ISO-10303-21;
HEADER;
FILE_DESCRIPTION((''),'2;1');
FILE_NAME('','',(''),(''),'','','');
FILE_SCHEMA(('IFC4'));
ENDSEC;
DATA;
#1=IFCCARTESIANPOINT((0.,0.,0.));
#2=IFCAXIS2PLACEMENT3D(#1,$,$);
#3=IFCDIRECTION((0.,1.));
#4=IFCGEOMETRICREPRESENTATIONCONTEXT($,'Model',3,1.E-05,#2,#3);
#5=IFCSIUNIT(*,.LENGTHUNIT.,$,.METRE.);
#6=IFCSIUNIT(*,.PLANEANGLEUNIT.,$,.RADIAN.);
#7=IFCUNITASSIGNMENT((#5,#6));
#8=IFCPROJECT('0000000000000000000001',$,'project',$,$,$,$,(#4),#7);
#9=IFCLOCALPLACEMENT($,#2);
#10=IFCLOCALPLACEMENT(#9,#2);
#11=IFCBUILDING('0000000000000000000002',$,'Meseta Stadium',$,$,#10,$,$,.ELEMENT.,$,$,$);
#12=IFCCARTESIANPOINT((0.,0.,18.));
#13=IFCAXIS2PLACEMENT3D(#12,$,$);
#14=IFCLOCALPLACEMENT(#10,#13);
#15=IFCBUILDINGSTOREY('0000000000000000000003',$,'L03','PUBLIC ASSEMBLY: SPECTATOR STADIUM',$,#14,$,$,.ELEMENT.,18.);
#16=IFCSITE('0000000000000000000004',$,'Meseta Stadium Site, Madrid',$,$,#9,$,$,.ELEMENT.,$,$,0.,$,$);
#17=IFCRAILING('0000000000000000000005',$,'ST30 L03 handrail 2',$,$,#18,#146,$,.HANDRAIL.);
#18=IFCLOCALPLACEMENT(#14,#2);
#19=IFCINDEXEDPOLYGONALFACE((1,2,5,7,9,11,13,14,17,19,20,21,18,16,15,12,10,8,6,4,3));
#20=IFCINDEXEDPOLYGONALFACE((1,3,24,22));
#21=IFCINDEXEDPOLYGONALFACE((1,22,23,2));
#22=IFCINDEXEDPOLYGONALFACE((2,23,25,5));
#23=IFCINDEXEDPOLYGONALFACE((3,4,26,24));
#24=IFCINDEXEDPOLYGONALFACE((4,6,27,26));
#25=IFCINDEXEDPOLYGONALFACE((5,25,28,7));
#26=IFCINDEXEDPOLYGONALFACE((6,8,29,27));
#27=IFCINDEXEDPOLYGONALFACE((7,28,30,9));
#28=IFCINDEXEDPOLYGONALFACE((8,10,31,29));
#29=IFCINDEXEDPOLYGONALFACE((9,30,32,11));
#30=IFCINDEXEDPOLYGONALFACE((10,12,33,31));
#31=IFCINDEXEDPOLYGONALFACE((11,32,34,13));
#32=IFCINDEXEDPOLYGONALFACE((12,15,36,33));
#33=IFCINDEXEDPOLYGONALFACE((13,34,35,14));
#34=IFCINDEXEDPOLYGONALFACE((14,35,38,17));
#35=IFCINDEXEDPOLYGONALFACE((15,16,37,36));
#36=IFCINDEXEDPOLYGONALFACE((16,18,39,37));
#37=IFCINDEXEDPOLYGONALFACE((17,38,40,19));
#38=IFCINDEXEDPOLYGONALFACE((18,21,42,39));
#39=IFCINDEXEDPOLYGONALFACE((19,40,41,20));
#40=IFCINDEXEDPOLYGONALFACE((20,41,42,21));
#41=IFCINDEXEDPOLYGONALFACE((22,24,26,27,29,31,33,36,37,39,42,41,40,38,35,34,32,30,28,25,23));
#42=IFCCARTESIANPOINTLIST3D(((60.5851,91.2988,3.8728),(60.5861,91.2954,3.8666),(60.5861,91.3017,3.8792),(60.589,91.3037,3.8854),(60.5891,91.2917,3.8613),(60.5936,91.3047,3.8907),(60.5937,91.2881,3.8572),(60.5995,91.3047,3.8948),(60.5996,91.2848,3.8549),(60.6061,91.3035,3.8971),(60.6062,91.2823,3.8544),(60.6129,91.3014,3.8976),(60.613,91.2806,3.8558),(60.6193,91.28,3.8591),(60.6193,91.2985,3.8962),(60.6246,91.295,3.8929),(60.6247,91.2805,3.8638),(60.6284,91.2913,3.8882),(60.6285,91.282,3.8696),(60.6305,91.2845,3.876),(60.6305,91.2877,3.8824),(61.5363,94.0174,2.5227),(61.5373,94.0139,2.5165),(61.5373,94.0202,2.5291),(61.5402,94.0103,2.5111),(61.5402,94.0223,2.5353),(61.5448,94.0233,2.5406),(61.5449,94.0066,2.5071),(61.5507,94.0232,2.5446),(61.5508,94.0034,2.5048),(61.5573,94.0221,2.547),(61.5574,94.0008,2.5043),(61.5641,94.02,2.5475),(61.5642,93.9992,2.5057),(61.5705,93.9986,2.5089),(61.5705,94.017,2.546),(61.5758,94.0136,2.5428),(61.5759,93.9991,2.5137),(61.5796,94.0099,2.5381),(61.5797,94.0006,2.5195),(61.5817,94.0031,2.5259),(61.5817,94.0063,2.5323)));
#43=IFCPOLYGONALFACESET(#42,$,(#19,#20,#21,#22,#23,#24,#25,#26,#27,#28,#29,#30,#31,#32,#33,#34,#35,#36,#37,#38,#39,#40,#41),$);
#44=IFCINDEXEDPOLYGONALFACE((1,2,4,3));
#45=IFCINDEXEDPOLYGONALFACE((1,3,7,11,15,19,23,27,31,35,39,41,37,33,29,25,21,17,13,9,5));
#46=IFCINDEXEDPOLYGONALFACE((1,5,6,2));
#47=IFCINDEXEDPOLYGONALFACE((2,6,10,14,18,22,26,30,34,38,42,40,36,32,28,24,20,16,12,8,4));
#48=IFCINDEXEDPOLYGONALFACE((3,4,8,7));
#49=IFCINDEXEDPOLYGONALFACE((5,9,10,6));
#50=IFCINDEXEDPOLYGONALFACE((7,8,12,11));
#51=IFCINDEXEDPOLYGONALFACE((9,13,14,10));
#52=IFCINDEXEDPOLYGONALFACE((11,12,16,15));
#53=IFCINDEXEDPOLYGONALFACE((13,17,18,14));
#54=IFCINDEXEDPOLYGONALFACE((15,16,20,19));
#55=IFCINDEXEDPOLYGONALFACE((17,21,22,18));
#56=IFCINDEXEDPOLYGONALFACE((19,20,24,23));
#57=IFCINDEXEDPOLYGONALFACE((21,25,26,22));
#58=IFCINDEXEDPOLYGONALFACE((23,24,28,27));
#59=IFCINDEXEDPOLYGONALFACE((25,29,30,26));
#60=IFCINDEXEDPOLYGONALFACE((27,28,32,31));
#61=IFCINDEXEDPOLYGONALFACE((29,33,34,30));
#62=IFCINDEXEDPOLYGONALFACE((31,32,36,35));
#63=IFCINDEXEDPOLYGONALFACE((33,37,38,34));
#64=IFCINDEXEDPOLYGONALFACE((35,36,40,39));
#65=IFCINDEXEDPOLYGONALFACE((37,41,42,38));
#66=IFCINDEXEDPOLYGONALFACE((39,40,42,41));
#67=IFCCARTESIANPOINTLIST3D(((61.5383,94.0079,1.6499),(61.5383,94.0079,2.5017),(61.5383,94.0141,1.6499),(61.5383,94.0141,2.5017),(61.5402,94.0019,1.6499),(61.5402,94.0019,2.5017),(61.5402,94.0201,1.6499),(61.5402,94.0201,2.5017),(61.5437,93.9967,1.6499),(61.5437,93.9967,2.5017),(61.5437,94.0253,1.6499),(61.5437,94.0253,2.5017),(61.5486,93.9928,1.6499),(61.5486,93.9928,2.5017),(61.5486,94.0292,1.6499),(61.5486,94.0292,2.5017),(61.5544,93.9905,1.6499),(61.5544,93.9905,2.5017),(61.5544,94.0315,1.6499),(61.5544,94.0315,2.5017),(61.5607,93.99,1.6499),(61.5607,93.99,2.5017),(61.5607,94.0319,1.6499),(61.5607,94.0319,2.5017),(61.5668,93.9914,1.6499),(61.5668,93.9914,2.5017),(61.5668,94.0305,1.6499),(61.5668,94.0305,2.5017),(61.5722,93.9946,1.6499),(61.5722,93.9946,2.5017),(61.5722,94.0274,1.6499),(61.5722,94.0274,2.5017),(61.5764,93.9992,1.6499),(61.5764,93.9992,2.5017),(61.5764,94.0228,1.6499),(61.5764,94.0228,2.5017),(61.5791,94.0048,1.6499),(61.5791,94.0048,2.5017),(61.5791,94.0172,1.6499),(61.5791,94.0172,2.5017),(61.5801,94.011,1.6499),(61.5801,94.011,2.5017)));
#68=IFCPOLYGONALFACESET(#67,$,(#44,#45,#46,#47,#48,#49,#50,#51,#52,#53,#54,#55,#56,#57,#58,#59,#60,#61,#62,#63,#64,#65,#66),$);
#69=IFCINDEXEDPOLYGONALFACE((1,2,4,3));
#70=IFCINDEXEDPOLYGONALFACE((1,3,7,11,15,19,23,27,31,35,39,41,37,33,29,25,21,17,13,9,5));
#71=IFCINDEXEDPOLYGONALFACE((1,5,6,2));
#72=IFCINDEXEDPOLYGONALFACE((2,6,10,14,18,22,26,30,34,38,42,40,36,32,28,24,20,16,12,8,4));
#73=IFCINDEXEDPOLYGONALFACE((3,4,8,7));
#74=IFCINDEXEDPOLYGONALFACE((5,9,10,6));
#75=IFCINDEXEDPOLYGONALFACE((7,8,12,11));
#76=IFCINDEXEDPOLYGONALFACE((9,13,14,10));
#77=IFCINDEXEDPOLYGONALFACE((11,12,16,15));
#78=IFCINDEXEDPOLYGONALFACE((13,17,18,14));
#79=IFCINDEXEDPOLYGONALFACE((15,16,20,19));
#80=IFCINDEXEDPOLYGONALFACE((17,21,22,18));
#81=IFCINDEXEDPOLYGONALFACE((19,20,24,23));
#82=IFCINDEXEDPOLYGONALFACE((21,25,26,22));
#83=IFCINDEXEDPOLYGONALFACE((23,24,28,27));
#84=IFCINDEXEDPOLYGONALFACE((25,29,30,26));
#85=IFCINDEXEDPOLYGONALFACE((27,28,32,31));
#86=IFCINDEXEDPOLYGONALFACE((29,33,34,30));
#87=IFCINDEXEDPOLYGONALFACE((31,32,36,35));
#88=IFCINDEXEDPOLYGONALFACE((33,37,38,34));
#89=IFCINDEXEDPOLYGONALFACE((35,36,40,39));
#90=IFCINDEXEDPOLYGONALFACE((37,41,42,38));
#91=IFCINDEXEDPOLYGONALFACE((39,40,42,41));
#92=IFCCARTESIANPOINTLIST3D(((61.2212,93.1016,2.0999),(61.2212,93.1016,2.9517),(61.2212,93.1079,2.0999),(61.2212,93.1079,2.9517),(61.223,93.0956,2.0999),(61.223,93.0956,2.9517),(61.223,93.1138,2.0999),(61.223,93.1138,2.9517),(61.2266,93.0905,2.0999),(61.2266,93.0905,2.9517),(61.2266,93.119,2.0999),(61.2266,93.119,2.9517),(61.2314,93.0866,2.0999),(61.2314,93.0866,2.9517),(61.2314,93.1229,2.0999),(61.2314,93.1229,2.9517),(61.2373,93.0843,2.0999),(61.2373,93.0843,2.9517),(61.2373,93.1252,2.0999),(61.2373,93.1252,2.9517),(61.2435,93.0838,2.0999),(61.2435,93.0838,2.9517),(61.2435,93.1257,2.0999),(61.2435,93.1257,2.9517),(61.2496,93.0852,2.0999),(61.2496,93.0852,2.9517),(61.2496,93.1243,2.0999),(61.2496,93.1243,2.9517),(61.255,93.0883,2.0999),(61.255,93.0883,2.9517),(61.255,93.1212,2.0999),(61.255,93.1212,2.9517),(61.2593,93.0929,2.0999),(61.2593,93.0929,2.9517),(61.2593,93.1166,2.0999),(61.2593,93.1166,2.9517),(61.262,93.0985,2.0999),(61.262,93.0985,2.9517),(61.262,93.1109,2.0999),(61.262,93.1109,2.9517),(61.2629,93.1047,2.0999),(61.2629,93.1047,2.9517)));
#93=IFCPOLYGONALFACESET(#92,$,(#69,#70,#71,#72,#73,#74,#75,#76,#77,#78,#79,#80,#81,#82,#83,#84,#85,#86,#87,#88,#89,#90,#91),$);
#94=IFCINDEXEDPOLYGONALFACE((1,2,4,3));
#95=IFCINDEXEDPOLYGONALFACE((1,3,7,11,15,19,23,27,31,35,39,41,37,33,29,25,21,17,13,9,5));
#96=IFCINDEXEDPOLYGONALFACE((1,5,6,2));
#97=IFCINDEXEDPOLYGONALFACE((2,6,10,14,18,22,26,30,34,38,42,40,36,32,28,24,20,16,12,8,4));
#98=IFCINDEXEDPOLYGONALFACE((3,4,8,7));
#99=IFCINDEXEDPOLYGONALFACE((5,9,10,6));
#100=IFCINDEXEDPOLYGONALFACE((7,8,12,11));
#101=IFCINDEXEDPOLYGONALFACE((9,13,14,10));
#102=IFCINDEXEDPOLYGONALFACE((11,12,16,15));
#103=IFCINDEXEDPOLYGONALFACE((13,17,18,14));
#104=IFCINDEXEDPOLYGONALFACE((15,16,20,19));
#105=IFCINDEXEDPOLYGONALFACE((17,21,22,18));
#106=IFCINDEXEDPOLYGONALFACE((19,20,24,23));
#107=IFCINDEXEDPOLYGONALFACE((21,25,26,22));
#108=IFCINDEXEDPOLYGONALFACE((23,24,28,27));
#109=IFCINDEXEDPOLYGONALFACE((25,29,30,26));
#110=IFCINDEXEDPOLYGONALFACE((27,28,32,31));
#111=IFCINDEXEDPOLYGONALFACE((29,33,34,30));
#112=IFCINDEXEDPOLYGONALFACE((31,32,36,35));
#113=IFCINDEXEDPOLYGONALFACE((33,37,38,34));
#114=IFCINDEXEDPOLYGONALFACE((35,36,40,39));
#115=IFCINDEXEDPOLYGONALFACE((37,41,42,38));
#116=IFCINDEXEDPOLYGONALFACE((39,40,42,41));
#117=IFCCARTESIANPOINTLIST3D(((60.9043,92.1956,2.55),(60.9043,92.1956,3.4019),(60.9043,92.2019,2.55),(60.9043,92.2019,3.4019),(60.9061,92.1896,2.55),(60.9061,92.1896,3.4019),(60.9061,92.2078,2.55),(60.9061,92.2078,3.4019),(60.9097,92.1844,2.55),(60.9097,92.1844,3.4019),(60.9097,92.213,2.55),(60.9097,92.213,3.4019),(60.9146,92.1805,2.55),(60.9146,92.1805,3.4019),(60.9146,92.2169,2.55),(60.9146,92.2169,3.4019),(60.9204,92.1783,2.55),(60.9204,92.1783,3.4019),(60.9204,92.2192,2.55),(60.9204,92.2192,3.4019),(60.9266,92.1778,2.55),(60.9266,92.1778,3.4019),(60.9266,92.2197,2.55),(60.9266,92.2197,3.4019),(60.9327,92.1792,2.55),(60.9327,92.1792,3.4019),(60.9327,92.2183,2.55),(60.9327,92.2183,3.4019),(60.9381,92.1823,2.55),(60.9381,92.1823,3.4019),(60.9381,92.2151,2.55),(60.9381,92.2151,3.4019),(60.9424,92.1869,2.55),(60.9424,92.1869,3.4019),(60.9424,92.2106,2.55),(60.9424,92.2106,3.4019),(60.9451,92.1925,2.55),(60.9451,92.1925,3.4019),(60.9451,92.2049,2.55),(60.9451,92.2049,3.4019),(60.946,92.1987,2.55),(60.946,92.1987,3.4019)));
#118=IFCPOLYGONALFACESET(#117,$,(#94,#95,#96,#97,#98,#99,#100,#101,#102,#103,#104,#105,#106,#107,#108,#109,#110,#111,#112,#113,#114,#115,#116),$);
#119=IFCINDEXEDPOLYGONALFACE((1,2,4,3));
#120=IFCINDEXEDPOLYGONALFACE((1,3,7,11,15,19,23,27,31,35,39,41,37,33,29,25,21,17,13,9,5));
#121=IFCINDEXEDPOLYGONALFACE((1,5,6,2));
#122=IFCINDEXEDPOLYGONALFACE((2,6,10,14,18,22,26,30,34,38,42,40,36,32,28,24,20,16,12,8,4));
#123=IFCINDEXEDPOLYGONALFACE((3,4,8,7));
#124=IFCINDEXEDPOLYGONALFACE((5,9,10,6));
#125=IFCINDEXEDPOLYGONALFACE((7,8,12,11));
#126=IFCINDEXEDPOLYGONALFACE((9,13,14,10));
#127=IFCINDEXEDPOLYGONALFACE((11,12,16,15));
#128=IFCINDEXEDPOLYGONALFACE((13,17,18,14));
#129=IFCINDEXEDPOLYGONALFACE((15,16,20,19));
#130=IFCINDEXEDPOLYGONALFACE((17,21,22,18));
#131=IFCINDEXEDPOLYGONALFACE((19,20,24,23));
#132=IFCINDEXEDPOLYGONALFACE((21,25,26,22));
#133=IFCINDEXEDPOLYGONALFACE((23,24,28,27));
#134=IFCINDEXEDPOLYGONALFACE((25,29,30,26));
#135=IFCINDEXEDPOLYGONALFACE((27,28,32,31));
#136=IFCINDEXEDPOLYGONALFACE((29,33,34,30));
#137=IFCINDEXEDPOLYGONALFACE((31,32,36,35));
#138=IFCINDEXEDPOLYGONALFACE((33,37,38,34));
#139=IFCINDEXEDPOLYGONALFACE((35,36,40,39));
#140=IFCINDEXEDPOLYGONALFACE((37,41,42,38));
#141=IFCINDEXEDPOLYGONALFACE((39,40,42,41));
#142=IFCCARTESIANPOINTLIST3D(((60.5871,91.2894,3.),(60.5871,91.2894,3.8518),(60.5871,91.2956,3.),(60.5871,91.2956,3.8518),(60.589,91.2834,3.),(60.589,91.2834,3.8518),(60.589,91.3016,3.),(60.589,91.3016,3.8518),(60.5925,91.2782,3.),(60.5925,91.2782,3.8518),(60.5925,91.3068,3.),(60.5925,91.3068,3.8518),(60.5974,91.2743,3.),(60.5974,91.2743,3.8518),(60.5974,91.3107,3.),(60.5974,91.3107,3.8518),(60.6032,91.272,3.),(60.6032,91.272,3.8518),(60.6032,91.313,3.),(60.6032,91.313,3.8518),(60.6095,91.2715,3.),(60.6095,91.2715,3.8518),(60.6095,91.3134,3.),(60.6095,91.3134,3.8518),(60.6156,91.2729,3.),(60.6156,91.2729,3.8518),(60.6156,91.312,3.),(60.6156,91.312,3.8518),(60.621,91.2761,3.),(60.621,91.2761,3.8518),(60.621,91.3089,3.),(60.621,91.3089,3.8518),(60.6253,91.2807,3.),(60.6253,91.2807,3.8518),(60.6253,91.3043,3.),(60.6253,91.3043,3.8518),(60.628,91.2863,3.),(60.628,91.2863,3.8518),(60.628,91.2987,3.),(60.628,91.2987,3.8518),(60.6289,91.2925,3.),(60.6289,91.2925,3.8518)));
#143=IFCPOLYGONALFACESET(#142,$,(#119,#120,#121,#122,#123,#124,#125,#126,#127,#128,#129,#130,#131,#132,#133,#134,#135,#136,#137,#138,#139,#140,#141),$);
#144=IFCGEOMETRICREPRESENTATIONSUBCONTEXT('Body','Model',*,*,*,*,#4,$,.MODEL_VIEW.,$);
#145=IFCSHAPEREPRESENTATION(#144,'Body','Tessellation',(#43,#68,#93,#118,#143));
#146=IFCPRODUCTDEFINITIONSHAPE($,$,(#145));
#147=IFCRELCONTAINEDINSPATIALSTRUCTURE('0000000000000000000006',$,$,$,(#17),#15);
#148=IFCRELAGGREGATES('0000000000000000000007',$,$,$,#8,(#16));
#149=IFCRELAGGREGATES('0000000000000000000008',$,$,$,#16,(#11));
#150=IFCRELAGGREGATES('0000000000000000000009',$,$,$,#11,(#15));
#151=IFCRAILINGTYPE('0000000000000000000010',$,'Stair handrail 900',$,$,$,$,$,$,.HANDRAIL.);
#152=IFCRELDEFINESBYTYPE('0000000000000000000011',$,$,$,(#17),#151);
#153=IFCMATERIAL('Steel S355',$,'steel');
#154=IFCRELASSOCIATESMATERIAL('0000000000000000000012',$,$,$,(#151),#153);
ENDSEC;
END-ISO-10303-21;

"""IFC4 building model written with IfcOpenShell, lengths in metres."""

from ifc_helpers import new_model, si_unit, direction, frame, origin, origin_2d, place, context, subcontext, project, spatial, circle, extrude, material, type_object, element, save


model = new_model("IFC4")

# Units and contexts
model_context = context("Model", 3, precision=1e-05, world=origin(), true_north=direction((0.0, 1.0)))
body_context = subcontext(model_context, "Body", "Model", "MODEL_VIEW")
ifc_project = project(units=[si_unit("LENGTHUNIT", "METRE"), si_unit("PLANEANGLEUNIT", "RADIAN")], contexts=[model_context])

# Site, building, storey
site_placement = place(None, origin())
site = spatial("IfcSite", under=ifc_project, at=site_placement, Name="Meseta Stadium Site, Madrid", CompositionType="ELEMENT", RefElevation=0.0)
building_placement = place(site_placement, origin())
building = spatial("IfcBuilding", under=site, at=building_placement, Name="Meseta Stadium", CompositionType="ELEMENT")
storey_placement = place(building_placement, frame((0.0, 0.0, 18.0)))
storey = spatial("IfcBuildingStorey", under=building, at=storey_placement, Name="L03", Description="PUBLIC ASSEMBLY: SPECTATOR STADIUM", CompositionType="ELEMENT", Elevation=18.0)

# Railing
ifc_material_1 = material(Name="Steel S355", Category="steel")
railing_type_1 = type_object("IfcRailingType", Name="Stair handrail 900", PredefinedType="HANDRAIL", material=ifc_material_1)
for number, where, name in (
    (1, (61.5591, 94.011, 1.6499), "ST30 L03 handrail 2"),
):
    element("IfcRailing", number, at=place(storey_placement, frame(where)), inside=storey, type_object=railing_type_1, Name=name, PredefinedType="HANDRAIL", context=body_context, shape_type="SweptSolid", body=[
        extrude(circle(Radius=0.0239, at=origin_2d()), frame((0.0, 0.0, 0.876), z_axis=(-0.299031, -0.854649, 0.424446), x_axis=(0.943891, -0.330256, 0.0)), (0.0, 0.0, 1.0), 3.1809),
        extrude(circle(Radius=0.021, at=origin_2d()), origin(), (0.0, 0.0, 1.0), 0.8518),
        extrude(circle(Radius=0.021, at=origin_2d()), frame((-0.3171, -0.9062, 0.45)), (0.0, 0.0, 1.0), 0.8518),
        extrude(circle(Radius=0.021, at=origin_2d()), frame((-0.634, -1.8123, 0.9001)), (0.0, 0.0, 1.0), 0.8518),
        extrude(circle(Radius=0.021, at=origin_2d()), frame((-0.9512, -2.7185, 1.3501)), (0.0, 0.0, 1.0), 0.8518),
    ])

save(model, "model.ifc")
